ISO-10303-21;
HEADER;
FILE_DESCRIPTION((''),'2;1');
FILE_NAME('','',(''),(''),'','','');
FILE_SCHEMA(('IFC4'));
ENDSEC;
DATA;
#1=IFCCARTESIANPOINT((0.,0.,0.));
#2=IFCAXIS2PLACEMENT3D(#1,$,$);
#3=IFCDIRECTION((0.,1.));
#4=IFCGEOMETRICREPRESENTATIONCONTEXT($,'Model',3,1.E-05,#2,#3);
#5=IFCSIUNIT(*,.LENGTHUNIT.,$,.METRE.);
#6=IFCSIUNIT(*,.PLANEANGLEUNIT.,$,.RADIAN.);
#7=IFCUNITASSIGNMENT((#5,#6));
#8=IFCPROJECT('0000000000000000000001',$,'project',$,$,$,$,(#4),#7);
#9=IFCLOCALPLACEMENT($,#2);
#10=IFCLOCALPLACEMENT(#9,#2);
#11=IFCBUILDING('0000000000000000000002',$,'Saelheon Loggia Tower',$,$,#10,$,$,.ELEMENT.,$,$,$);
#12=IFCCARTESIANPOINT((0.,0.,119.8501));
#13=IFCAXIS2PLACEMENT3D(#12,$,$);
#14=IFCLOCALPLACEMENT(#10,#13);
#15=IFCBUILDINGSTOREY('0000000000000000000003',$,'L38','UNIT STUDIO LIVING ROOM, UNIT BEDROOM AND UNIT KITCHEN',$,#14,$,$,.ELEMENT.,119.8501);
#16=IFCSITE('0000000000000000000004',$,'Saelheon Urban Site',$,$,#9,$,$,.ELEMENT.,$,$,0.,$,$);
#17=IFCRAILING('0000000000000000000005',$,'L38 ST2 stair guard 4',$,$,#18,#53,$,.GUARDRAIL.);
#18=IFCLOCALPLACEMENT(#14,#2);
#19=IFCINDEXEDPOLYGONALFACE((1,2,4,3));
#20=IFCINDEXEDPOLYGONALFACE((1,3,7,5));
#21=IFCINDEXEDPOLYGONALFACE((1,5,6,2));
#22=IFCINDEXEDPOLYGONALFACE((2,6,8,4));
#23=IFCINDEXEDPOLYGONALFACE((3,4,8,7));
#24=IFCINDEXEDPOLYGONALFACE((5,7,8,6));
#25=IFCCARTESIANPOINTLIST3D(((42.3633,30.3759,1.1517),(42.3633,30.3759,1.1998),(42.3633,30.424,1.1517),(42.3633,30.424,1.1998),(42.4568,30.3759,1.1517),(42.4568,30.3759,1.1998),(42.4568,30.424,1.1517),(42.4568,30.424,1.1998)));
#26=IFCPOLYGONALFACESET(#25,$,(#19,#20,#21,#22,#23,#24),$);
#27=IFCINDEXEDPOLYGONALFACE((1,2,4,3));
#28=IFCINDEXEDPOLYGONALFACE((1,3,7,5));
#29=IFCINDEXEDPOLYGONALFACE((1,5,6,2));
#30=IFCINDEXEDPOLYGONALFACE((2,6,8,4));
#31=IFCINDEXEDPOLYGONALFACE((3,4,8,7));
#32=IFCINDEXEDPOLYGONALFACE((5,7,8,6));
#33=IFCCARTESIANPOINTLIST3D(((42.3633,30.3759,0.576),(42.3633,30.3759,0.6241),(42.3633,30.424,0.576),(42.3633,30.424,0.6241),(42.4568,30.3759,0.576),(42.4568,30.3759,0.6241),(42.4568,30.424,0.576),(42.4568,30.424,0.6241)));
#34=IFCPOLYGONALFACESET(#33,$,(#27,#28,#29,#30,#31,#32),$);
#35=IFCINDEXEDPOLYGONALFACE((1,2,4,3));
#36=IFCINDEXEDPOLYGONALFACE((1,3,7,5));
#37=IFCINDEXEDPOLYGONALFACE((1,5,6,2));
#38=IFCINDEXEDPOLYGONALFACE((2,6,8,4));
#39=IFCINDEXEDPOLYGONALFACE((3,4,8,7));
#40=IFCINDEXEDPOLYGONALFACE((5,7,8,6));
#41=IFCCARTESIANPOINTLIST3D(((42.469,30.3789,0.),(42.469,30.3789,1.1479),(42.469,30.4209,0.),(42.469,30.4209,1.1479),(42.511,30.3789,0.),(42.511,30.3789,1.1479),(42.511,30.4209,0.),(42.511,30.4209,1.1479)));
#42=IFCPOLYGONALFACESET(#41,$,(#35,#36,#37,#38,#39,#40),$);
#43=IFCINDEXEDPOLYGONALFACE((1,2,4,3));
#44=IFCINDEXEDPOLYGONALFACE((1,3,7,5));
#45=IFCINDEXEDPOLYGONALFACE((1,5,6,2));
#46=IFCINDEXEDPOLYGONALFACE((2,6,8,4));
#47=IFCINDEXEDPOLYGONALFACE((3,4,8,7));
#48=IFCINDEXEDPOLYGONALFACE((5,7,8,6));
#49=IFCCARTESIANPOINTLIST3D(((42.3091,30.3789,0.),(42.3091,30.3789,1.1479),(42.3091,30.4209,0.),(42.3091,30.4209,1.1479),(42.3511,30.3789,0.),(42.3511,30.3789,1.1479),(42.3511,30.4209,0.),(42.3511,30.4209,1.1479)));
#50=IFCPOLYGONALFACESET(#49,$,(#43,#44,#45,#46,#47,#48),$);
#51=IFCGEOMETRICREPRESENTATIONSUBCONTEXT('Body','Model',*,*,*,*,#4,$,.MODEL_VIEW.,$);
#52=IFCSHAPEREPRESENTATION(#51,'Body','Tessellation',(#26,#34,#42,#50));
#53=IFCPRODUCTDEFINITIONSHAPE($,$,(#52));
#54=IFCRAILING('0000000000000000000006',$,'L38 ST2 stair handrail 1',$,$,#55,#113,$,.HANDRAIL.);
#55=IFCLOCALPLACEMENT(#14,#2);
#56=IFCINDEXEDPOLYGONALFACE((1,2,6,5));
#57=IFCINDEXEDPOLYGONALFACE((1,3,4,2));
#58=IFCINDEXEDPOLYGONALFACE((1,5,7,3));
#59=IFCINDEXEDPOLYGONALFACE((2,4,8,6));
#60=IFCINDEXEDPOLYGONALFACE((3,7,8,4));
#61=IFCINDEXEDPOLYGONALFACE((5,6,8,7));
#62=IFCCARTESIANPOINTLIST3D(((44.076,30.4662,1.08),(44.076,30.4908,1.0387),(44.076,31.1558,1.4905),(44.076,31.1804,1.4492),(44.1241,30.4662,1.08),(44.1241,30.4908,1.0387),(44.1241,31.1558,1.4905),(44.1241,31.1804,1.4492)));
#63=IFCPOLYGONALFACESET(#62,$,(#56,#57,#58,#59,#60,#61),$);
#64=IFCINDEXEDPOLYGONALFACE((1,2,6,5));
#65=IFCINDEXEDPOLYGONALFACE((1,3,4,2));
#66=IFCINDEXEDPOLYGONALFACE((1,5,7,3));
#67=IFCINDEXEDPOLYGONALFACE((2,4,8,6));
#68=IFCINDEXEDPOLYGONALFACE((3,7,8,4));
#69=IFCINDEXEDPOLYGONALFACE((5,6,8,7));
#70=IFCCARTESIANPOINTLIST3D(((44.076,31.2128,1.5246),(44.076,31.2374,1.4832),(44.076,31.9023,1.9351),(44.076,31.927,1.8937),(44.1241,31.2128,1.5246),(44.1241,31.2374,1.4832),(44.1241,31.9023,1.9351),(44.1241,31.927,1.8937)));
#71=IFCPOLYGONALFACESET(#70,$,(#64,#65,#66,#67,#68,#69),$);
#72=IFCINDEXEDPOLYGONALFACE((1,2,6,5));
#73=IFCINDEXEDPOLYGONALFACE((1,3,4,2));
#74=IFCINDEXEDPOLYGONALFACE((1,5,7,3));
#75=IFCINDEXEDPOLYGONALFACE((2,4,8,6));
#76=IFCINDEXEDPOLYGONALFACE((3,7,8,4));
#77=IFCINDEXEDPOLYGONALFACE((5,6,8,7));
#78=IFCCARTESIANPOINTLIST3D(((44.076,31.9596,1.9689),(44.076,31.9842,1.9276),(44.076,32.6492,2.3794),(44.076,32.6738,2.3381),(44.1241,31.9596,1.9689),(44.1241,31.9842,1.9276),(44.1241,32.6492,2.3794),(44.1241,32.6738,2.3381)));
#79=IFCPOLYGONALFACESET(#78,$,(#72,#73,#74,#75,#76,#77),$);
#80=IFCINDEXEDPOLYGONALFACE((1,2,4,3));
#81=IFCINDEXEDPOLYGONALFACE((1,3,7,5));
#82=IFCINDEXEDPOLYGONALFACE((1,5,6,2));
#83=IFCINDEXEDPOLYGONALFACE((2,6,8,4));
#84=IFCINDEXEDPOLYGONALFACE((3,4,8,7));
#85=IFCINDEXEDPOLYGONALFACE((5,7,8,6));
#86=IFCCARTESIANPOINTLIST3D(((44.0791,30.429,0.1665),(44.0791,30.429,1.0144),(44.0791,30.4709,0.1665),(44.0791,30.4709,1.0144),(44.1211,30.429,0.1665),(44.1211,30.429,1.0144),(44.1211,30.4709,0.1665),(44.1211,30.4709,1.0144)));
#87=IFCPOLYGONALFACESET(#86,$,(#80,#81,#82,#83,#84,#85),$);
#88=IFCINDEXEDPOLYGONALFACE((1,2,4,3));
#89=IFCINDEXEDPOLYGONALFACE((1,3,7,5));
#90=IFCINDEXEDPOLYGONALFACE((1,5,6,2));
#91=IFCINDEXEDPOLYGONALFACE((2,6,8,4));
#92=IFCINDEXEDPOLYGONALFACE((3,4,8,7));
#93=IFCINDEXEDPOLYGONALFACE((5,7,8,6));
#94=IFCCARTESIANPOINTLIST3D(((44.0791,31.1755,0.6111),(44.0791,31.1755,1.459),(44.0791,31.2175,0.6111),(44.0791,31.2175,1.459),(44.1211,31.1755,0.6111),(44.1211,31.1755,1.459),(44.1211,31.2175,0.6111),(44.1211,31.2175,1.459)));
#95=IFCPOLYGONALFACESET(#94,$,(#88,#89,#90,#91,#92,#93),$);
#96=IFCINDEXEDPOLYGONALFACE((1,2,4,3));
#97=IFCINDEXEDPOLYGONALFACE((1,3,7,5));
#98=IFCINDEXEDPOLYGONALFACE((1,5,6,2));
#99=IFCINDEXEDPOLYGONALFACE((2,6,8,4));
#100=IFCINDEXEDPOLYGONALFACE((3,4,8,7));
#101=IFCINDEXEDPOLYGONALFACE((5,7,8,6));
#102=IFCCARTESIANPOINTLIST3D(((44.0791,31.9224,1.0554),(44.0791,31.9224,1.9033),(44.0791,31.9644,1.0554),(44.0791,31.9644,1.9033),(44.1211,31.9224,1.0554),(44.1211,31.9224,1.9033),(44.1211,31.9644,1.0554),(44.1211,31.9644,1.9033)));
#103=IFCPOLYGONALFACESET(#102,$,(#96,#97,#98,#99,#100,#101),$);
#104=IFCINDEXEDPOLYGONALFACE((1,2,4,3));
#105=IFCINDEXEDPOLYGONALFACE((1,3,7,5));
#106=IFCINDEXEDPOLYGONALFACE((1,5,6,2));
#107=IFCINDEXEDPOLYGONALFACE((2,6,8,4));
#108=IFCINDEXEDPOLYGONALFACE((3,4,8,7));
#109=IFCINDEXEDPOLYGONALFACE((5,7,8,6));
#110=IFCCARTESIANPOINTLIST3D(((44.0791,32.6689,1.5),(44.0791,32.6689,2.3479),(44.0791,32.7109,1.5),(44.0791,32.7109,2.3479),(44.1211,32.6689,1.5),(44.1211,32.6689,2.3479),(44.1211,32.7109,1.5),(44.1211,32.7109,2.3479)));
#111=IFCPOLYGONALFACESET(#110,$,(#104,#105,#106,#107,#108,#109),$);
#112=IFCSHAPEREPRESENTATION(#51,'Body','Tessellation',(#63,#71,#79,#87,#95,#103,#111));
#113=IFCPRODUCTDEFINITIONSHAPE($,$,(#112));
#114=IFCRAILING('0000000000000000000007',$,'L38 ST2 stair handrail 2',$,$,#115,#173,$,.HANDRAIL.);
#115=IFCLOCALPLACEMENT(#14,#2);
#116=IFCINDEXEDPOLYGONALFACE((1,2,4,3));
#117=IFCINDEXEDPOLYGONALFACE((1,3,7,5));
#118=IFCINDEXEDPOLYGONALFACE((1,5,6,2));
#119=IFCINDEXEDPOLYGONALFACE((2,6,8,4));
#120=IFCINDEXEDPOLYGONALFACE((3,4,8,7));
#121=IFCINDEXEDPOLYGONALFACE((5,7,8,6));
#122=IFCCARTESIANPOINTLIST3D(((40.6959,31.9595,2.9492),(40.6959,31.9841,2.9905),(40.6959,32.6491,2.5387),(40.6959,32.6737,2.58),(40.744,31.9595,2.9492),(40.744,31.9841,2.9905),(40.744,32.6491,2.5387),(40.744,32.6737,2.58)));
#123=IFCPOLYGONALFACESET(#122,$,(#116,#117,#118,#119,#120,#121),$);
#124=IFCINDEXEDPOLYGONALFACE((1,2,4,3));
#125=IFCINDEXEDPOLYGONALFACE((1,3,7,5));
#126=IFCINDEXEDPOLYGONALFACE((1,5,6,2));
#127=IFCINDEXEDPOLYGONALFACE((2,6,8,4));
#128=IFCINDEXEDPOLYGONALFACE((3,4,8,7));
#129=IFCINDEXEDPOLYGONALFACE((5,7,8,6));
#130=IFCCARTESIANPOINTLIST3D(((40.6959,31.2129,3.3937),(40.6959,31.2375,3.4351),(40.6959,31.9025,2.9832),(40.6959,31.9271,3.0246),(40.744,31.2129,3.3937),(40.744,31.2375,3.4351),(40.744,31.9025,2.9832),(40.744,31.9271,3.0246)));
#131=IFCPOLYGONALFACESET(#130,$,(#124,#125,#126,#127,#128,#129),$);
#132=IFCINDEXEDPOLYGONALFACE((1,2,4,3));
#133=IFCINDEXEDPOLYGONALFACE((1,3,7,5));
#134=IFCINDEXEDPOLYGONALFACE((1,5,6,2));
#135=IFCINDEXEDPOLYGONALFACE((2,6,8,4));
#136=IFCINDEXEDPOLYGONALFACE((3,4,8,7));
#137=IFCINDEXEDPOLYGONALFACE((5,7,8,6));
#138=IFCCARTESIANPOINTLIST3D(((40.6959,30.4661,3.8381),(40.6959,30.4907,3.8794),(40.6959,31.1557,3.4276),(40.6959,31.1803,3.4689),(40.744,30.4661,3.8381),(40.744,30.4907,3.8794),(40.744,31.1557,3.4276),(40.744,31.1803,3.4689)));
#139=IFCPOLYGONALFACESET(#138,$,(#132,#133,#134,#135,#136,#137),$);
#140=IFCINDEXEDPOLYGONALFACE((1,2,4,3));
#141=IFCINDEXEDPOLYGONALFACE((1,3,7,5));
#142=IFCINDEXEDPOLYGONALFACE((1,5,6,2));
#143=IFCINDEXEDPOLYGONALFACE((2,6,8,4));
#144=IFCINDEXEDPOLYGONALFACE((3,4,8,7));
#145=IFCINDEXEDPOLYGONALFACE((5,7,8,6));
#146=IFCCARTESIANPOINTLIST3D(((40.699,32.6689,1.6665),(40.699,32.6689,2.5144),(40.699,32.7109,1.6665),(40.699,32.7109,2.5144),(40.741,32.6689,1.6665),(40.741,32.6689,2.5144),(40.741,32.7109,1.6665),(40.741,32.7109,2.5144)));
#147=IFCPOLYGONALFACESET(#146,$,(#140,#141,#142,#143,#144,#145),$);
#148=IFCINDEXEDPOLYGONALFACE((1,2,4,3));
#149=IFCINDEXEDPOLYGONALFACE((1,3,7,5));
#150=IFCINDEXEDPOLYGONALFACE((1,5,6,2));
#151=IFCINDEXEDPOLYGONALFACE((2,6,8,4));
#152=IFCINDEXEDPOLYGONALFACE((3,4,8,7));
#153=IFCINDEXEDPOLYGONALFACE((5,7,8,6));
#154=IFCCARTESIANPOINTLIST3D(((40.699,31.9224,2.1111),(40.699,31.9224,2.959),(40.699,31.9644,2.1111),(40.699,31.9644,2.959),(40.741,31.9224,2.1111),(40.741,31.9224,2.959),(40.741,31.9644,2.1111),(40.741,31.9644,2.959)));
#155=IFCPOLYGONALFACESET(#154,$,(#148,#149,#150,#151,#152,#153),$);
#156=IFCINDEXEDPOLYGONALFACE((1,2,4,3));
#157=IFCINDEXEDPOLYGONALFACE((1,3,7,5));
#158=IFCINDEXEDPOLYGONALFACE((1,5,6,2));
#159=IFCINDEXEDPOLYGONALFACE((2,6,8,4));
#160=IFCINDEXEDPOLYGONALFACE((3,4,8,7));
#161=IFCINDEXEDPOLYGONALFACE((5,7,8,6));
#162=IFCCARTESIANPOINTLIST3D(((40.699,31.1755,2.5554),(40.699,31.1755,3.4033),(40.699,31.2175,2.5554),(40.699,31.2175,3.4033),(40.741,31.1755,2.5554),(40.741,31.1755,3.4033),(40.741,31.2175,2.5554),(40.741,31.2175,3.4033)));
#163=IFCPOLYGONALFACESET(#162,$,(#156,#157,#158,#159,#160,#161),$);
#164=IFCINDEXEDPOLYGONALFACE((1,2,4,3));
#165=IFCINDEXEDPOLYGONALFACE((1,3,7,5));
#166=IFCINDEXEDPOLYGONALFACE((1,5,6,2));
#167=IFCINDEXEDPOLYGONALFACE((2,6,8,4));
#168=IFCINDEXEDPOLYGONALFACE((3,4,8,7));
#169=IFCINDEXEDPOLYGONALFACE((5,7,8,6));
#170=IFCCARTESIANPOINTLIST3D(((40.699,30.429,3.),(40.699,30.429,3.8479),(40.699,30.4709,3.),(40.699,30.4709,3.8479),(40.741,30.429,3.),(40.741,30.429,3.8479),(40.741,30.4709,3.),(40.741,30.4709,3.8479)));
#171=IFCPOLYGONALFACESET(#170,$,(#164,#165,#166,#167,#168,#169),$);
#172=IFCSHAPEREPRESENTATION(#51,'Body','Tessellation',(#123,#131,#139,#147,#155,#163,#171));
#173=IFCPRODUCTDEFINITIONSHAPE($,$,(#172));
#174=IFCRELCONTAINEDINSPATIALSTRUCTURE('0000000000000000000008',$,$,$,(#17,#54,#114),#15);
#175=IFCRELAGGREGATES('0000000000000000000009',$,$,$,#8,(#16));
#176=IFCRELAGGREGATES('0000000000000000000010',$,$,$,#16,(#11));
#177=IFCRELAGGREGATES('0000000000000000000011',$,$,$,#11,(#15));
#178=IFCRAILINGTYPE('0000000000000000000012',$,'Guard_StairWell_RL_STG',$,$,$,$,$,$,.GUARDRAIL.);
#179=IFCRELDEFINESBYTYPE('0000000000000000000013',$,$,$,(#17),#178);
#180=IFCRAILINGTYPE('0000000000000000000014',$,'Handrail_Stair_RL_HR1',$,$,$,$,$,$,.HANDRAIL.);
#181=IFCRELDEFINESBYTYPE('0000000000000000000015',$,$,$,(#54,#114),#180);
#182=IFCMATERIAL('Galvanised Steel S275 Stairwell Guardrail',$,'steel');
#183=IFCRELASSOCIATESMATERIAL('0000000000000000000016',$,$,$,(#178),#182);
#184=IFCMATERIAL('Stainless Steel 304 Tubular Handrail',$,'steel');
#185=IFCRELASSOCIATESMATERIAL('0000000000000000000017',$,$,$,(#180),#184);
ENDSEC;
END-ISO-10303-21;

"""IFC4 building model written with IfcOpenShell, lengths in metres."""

from ifc_helpers import new_model, si_unit, direction, frame, origin, origin_2d, place, context, subcontext, project, spatial, rectangle, extrude, material, type_object, element, save


model = new_model("IFC4")

# Units and contexts
model_context = context("Model", 3, precision=1e-05, world=origin(), true_north=direction((0.0, 1.0)))
body_context = subcontext(model_context, "Body", "Model", "MODEL_VIEW")
ifc_project = project(units=[si_unit("LENGTHUNIT", "METRE"), si_unit("PLANEANGLEUNIT", "RADIAN")], contexts=[model_context])

# Site, building, storey
site_placement = place(None, origin())
site = spatial("IfcSite", under=ifc_project, at=site_placement, Name="Saelheon Urban Site", CompositionType="ELEMENT", RefElevation=0.0)
building_placement = place(site_placement, origin())
building = spatial("IfcBuilding", under=site, at=building_placement, Name="Saelheon Loggia Tower", CompositionType="ELEMENT")
storey_placement = place(building_placement, frame((0.0, 0.0, 119.8501)))
storey = spatial("IfcBuildingStorey", under=building, at=storey_placement, Name="L38", Description="UNIT STUDIO LIVING ROOM, UNIT BEDROOM AND UNIT KITCHEN", CompositionType="ELEMENT", Elevation=119.8501)

# Railings
ifc_material_1 = material(Name="Galvanised Steel S275 Stairwell Guardrail", Category="steel")
railing_type_1 = type_object("IfcRailingType", Name="Guard_StairWell_RL_STG", PredefinedType="GUARDRAIL", material=ifc_material_1)
railing_1_placement = place(storey_placement, frame((42.49, 30.3999, 0.0)))
element("IfcRailing", 1, at=railing_1_placement, inside=storey, type_object=railing_type_1, Name="L38 ST2 stair guard 4", PredefinedType="GUARDRAIL", context=body_context, shape_type="SweptSolid", body=[
    extrude(rectangle(XDim=0.0481, YDim=0.0481, at=origin_2d()), frame((-0.0332, 0.0, 1.1758), z_axis=(-1.0, 0.0, 0.0), x_axis=(0.0, -1.0, 0.0)), (0.0, 0.0, 1.0), 0.0935),
    extrude(rectangle(XDim=0.0481, YDim=0.0481, at=origin_2d()), frame((-0.0332, 0.0, 0.6001), z_axis=(-1.0, 0.0, 0.0), x_axis=(0.0, -1.0, 0.0)), (0.0, 0.0, 1.0), 0.0935),
    extrude(rectangle(XDim=0.042, YDim=0.042, at=origin_2d()), origin(), (0.0, 0.0, 1.0), 1.1479),
    extrude(rectangle(XDim=0.042, YDim=0.042, at=origin_2d()), frame((-0.1599, 0.0, 0.0)), (0.0, 0.0, 1.0), 1.1479),
])
ifc_material_2 = material(Name="Stainless Steel 304 Tubular Handrail", Category="steel")
railing_type_2 = type_object("IfcRailingType", Name="Handrail_Stair_RL_HR1", PredefinedType="HANDRAIL", material=ifc_material_2)
railing_2_placement = place(storey_placement, frame((44.1001, 30.45, 0.1665)))
element("IfcRailing", 2, at=railing_2_placement, inside=storey, type_object=railing_type_2, Name="L38 ST2 stair handrail 1", PredefinedType="HANDRAIL", context=body_context, shape_type="SweptSolid", body=[
    extrude(rectangle(XDim=0.0481, YDim=0.0481, at=origin_2d()), frame((0.0, 0.0286, 0.8928), z_axis=(0.0, 0.859264, 0.511532), x_axis=(-1.0, 0.0, 0.0)), (0.0, 0.0, 1.0), 0.8025),
    extrude(rectangle(XDim=0.0481, YDim=0.0481, at=origin_2d()), frame((0.0, 0.7751, 1.3374), z_axis=(0.0, 0.859264, 0.511532), x_axis=(-1.0, 0.0, 0.0)), (0.0, 0.0, 1.0), 0.8025),
    extrude(rectangle(XDim=0.0481, YDim=0.0481, at=origin_2d()), frame((0.0, 1.522, 1.7817), z_axis=(0.0, 0.859264, 0.511532), x_axis=(-1.0, 0.0, 0.0)), (0.0, 0.0, 1.0), 0.8025),
    extrude(rectangle(XDim=0.042, YDim=0.042, at=origin_2d()), origin(), (0.0, 0.0, 1.0), 0.8479),
    extrude(rectangle(XDim=0.042, YDim=0.042, at=origin_2d()), frame((0.0, 0.7466, 0.4446)), (0.0, 0.0, 1.0), 0.8479),
    extrude(rectangle(XDim=0.042, YDim=0.042, at=origin_2d()), frame((0.0, 1.4934, 0.8889)), (0.0, 0.0, 1.0), 0.8479),
    extrude(rectangle(XDim=0.042, YDim=0.042, at=origin_2d()), frame((0.0, 2.24, 1.3335)), (0.0, 0.0, 1.0), 0.8479),
])
railing_3_placement = place(storey_placement, frame((40.72, 32.6899, 1.6665)))
element("IfcRailing", 3, at=railing_3_placement, inside=storey, type_object=railing_type_2, Name="L38 ST2 stair handrail 2", PredefinedType="HANDRAIL", context=body_context, shape_type="SweptSolid", body=[
    extrude(rectangle(XDim=0.0481, YDim=0.0481, at=origin_2d()), frame((0.0, -0.0286, 0.8928), z_axis=(0.0, -0.859264, 0.511532), x_axis=(1.0, 0.0, 0.0)), (0.0, 0.0, 1.0), 0.8025),
    extrude(rectangle(XDim=0.0481, YDim=0.0481, at=origin_2d()), frame((0.0, -0.7751, 1.3374), z_axis=(0.0, -0.859264, 0.511532), x_axis=(1.0, 0.0, 0.0)), (0.0, 0.0, 1.0), 0.8025),
    extrude(rectangle(XDim=0.0481, YDim=0.0481, at=origin_2d()), frame((0.0, -1.522, 1.7817), z_axis=(0.0, -0.859264, 0.511532), x_axis=(1.0, 0.0, 0.0)), (0.0, 0.0, 1.0), 0.8025),
    extrude(rectangle(XDim=0.042, YDim=0.042, at=origin_2d()), origin(), (0.0, 0.0, 1.0), 0.8479),
    extrude(rectangle(XDim=0.042, YDim=0.042, at=origin_2d()), frame((0.0, -0.7466, 0.4446)), (0.0, 0.0, 1.0), 0.8479),
    extrude(rectangle(XDim=0.042, YDim=0.042, at=origin_2d()), frame((0.0, -1.4934, 0.8889)), (0.0, 0.0, 1.0), 0.8479),
    extrude(rectangle(XDim=0.042, YDim=0.042, at=origin_2d()), frame((0.0, -2.24, 1.3335)), (0.0, 0.0, 1.0), 0.8479),
])

save(model, "model.ifc")
